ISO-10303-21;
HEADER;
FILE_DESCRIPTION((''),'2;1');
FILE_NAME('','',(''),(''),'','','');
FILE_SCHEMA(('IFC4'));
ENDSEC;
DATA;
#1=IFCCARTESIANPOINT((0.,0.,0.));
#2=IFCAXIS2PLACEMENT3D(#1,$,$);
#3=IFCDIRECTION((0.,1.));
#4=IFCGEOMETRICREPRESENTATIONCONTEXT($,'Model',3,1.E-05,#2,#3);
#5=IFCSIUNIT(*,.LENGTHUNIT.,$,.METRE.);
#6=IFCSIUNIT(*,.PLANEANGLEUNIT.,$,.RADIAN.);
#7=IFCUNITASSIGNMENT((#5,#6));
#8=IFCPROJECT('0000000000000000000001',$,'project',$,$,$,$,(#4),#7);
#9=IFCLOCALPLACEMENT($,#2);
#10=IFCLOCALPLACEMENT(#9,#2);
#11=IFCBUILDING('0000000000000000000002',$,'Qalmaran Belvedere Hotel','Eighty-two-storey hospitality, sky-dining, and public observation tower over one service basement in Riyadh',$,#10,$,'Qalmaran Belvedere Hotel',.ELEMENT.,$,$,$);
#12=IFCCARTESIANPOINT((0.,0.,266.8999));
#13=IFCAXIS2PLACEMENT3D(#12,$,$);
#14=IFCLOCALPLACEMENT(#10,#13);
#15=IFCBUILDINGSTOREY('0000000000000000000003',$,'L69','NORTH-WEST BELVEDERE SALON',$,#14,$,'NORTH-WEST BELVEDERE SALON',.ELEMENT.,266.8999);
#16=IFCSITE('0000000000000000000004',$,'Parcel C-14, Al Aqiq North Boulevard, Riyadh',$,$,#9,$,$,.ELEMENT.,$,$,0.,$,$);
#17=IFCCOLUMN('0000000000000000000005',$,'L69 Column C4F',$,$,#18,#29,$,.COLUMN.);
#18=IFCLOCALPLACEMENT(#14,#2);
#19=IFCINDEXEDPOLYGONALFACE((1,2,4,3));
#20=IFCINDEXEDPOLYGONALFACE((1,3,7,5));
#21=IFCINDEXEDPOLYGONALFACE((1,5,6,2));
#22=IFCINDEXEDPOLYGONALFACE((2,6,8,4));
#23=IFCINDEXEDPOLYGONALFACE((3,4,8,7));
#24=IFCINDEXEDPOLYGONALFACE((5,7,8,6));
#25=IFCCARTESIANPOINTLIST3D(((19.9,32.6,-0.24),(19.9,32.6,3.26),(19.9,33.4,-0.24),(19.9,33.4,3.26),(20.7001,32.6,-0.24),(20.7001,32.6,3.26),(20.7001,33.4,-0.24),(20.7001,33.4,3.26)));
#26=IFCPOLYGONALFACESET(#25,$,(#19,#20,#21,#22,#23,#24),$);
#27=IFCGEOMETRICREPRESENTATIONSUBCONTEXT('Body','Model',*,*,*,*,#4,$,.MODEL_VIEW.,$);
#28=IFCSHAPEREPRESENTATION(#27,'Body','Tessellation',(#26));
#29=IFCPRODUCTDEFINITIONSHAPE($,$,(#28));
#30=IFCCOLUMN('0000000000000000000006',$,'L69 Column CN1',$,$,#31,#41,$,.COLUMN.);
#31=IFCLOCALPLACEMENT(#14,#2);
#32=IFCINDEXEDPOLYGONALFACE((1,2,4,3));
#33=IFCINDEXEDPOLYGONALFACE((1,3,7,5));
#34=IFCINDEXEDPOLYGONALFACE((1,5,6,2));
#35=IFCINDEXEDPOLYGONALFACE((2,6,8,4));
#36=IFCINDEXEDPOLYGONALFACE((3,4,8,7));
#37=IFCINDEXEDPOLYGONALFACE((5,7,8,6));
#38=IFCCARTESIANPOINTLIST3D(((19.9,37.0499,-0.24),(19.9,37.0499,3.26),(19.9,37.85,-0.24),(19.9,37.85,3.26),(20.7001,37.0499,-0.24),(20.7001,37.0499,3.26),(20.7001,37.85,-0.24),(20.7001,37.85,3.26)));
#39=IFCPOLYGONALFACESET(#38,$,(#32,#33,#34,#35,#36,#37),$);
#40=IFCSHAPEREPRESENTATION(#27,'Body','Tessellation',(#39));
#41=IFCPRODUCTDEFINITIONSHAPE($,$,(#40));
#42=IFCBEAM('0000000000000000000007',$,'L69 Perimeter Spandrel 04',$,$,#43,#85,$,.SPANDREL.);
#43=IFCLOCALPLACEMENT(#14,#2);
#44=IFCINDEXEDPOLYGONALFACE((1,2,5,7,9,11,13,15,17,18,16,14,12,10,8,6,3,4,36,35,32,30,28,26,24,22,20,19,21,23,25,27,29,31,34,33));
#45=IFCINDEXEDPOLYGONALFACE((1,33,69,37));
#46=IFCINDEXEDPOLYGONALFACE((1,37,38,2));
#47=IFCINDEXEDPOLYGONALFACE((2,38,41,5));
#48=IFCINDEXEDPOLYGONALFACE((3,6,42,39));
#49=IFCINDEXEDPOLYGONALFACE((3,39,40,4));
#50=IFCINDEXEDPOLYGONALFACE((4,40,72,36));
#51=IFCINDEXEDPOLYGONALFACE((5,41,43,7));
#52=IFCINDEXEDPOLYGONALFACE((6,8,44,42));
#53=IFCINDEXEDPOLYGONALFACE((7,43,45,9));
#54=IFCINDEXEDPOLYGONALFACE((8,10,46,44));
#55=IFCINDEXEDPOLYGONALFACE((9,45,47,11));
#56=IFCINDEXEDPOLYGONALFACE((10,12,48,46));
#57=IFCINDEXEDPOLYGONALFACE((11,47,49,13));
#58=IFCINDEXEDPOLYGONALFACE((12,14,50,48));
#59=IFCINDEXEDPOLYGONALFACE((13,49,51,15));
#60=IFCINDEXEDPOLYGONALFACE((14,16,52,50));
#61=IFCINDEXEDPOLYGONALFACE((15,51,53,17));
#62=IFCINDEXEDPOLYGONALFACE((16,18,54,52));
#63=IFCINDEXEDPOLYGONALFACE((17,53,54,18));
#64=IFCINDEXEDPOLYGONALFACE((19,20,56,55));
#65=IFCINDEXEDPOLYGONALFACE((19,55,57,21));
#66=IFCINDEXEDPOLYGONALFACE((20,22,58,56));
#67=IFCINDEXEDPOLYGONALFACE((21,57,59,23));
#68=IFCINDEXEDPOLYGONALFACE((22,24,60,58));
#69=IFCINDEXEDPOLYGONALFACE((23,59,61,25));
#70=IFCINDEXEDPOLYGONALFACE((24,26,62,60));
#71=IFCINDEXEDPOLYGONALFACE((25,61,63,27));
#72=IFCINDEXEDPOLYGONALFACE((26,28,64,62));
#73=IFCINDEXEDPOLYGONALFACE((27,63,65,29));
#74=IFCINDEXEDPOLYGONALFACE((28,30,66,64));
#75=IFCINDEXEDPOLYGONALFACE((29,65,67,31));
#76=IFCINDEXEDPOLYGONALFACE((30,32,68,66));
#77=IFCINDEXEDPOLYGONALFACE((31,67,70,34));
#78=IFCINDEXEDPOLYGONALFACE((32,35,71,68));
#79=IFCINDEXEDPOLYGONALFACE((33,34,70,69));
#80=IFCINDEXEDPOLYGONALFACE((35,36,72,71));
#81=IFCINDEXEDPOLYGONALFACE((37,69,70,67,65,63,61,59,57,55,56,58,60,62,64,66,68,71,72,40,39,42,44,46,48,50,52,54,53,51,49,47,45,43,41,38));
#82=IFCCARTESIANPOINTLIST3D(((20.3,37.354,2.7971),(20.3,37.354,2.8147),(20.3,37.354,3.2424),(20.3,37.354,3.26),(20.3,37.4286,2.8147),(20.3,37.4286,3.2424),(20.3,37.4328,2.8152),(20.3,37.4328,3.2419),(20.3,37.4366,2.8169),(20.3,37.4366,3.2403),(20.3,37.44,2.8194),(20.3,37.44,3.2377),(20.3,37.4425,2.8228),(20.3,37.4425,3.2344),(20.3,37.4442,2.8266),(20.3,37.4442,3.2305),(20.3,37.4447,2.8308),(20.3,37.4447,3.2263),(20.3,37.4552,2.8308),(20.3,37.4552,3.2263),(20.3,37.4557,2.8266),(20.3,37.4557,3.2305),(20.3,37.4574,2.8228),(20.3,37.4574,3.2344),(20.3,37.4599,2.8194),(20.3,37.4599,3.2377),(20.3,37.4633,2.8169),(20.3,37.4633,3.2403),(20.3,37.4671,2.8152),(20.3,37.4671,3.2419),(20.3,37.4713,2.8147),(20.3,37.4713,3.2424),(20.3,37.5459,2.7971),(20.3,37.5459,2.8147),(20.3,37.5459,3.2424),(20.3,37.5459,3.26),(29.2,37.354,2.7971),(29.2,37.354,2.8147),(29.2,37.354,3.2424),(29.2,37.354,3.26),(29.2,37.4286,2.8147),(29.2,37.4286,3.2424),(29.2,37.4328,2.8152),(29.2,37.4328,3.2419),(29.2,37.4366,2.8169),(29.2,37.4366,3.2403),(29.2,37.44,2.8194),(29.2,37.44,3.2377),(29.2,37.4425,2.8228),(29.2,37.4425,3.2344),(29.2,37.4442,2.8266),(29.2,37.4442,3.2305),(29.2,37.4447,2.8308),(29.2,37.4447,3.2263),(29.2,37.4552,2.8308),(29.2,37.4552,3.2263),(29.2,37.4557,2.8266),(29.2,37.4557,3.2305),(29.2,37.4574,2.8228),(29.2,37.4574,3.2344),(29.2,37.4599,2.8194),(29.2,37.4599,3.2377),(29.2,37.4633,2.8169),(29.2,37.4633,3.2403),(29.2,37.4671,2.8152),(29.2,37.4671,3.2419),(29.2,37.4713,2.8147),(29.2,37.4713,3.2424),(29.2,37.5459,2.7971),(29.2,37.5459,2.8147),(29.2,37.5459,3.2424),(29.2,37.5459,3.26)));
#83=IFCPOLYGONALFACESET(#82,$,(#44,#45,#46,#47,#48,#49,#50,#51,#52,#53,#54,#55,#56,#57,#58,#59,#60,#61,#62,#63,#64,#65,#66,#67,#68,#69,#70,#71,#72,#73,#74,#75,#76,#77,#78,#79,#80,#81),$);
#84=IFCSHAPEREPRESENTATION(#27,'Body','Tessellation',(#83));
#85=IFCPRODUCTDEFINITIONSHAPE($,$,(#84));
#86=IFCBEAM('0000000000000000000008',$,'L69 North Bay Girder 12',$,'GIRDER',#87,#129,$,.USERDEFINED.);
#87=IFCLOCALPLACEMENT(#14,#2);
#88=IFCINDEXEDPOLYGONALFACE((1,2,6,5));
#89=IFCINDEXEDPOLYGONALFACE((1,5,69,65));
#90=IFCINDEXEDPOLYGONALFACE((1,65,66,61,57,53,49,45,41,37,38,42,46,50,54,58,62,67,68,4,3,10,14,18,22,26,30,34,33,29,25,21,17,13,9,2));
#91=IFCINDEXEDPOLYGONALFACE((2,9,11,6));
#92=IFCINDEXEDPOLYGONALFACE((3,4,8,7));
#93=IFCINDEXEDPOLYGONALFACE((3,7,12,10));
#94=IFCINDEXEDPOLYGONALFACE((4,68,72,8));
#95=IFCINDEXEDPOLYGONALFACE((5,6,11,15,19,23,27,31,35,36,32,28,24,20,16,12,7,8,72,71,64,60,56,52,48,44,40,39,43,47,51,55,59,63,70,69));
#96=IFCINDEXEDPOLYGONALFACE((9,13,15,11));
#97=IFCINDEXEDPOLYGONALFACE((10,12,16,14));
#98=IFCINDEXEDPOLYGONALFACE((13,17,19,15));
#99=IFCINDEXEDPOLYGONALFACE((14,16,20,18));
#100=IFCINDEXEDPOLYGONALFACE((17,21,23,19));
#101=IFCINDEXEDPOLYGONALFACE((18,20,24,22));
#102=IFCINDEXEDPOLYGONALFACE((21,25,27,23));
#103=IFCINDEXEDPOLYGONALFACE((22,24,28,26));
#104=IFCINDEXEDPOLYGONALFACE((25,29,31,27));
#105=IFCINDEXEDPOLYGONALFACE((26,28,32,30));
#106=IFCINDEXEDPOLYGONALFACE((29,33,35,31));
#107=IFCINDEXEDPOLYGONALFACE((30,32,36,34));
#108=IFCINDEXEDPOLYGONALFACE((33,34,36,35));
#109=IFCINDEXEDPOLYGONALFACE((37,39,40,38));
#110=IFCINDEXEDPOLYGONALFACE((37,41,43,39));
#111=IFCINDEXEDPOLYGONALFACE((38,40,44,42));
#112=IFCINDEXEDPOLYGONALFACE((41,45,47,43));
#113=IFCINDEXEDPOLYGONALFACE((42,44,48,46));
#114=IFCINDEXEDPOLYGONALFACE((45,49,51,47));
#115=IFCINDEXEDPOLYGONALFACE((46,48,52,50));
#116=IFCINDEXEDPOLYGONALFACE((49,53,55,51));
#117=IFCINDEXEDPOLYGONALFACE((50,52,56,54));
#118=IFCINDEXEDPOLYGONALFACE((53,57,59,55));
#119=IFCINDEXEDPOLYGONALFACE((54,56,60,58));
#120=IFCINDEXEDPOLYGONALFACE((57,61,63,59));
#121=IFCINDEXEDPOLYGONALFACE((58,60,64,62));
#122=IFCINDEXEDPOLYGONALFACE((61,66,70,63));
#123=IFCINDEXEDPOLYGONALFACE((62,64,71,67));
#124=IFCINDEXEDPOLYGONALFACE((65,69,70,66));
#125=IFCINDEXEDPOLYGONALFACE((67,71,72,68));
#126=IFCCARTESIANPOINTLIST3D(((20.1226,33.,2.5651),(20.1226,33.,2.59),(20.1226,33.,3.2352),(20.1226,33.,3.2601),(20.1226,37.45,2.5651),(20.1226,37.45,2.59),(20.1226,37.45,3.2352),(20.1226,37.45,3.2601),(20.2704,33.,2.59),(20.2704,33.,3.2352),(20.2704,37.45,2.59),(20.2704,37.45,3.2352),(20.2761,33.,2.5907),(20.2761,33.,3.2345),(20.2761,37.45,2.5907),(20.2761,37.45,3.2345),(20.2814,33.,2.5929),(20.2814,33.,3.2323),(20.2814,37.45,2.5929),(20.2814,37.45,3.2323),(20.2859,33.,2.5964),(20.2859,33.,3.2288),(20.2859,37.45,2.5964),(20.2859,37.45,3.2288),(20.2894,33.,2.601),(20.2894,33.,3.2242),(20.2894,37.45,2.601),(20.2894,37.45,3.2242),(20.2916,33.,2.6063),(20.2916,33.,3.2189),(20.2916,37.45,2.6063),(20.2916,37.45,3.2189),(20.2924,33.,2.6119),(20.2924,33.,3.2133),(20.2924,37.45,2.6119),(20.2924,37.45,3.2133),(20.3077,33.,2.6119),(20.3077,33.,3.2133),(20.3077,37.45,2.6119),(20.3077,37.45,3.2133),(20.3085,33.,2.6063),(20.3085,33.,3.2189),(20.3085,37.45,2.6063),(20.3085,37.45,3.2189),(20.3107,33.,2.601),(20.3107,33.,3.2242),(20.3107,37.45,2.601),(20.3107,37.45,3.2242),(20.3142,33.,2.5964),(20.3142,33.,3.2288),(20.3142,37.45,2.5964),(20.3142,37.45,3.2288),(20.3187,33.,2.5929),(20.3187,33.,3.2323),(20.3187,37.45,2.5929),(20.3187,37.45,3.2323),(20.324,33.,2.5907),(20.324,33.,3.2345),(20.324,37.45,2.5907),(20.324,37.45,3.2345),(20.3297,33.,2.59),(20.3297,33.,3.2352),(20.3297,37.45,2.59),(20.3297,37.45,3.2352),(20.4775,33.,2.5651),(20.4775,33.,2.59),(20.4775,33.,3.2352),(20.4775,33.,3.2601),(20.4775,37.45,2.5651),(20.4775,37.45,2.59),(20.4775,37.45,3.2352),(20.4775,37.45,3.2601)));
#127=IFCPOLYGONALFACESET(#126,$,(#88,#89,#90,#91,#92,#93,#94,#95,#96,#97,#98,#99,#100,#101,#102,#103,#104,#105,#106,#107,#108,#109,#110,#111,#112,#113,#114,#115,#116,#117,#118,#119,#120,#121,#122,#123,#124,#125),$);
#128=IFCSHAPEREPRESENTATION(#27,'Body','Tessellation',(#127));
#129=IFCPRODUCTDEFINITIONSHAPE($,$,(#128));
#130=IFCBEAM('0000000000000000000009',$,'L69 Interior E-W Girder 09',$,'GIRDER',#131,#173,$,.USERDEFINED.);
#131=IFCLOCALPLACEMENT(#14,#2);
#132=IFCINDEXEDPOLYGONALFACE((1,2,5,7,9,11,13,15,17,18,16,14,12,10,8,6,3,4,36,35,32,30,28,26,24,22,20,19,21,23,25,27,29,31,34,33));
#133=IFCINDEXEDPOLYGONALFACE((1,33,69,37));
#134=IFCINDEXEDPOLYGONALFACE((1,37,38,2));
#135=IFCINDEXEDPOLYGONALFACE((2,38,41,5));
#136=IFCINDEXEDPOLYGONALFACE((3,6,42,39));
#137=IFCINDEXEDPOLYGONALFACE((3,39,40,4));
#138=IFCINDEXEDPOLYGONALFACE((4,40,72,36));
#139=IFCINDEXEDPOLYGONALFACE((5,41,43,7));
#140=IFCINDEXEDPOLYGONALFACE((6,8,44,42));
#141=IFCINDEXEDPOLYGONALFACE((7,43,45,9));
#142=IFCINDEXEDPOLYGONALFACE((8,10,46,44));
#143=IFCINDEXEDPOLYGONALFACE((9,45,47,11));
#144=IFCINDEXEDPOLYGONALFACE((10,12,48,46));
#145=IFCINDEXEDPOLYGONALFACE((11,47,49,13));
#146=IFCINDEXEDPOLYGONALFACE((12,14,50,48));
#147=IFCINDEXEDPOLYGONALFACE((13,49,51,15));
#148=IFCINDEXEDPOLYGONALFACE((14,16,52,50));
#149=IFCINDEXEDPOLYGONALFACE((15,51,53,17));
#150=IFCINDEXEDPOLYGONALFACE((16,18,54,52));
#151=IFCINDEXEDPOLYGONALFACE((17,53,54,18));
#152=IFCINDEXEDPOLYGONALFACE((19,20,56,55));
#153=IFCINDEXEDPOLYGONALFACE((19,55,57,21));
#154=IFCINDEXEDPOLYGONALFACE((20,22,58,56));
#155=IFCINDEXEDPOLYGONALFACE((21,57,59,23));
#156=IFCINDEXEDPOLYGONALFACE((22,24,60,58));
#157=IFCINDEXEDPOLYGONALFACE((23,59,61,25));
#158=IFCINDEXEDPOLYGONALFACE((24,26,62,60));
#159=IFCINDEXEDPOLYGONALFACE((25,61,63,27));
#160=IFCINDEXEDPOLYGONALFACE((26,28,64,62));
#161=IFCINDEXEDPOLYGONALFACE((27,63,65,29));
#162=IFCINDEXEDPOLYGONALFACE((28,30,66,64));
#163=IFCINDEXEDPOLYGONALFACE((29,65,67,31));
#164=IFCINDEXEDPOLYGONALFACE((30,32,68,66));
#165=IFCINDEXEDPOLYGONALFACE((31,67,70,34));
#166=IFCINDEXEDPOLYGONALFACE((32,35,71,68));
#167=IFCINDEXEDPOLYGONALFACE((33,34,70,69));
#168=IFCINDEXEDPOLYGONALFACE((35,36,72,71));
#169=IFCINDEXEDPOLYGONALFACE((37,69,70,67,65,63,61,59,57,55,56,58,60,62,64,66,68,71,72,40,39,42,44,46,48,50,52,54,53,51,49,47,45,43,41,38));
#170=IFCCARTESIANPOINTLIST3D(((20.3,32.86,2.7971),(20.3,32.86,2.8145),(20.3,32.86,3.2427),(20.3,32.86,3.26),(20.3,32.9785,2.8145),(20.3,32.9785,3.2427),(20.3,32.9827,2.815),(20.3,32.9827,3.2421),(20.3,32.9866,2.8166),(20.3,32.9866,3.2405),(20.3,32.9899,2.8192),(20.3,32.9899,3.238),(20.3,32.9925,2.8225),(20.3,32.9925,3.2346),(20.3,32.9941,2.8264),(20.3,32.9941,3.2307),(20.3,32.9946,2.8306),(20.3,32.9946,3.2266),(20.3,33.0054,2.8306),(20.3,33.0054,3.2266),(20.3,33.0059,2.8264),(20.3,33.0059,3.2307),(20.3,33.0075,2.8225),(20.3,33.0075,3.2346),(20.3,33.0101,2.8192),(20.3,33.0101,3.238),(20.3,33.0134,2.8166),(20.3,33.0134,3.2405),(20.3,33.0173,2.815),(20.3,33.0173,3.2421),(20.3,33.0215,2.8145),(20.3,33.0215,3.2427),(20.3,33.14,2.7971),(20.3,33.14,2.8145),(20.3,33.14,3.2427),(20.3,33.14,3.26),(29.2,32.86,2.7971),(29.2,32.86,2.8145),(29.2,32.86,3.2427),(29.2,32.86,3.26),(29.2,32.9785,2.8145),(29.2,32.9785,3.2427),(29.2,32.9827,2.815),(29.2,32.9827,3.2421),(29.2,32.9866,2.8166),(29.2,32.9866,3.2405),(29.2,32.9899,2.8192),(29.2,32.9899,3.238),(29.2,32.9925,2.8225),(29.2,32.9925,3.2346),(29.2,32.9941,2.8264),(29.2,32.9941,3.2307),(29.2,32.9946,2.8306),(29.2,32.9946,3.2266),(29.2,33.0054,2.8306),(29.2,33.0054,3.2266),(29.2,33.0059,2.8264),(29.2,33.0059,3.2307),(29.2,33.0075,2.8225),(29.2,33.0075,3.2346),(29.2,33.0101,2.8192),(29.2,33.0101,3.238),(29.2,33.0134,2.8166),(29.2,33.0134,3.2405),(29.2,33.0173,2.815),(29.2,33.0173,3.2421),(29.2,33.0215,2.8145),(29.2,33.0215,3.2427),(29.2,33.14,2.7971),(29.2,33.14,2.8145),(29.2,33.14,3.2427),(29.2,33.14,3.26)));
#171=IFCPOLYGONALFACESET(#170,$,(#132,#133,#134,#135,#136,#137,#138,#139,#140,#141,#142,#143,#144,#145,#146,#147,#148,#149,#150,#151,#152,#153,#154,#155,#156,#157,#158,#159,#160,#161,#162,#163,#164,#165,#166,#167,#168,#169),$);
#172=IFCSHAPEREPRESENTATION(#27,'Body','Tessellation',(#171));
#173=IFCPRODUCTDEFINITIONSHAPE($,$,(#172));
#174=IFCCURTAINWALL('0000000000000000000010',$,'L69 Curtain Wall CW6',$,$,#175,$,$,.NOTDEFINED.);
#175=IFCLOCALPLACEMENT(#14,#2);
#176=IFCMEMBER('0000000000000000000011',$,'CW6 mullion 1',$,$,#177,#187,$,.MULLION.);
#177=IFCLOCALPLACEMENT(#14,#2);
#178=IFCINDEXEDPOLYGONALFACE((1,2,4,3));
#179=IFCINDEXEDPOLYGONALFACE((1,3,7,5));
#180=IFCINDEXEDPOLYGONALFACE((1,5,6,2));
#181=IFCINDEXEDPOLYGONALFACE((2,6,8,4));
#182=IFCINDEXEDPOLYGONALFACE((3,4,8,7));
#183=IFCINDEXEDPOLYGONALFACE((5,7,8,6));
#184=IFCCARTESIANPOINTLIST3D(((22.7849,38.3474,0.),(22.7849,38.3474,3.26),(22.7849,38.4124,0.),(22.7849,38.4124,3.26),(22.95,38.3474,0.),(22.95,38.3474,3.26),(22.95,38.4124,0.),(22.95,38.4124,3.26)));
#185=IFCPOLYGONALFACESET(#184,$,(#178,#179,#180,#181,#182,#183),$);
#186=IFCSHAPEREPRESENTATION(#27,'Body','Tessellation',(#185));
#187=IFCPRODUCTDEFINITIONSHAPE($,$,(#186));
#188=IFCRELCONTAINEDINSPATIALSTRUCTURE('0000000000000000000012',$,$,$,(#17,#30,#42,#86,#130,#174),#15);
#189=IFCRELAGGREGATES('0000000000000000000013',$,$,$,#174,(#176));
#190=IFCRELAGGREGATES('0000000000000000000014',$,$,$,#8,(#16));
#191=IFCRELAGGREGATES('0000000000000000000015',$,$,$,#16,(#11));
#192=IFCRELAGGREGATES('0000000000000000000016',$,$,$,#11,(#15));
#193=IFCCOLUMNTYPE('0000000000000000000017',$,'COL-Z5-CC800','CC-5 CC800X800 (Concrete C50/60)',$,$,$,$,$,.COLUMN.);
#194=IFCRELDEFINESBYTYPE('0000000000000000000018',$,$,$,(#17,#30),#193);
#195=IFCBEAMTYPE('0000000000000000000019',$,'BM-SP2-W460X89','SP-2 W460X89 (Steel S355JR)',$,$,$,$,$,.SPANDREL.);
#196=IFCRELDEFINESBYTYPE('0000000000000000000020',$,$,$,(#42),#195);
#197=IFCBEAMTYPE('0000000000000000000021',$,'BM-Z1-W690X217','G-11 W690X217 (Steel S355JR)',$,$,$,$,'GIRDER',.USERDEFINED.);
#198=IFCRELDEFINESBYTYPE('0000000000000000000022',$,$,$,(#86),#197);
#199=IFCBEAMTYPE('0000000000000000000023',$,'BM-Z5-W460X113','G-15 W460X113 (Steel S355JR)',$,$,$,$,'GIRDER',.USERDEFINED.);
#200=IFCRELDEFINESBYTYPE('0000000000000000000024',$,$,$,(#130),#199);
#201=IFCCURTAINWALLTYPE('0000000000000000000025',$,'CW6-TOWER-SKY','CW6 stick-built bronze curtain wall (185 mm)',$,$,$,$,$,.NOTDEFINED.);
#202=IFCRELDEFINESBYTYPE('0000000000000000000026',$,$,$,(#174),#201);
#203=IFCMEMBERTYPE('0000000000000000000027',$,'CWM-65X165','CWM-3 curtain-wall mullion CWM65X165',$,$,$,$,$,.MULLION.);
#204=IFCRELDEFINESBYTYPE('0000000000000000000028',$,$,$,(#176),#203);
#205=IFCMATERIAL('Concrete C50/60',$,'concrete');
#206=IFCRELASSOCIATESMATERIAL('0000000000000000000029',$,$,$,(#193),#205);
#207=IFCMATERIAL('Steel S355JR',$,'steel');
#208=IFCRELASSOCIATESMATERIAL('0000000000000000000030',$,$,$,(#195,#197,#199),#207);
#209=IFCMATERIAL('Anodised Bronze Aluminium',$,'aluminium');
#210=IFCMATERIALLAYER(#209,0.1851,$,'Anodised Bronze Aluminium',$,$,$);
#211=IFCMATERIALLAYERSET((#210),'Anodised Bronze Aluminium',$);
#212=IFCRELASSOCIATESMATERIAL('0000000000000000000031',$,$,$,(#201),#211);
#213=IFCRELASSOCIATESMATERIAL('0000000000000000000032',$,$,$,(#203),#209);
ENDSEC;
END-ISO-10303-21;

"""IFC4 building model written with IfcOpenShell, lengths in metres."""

from ifc_helpers import new_model, si_unit, direction, frame, origin, origin_2d, place, context, subcontext, project, spatial, rectangle, i_section, extrude, material, layer, layer_set, material_profile, profile_set, type_object, element, aggregate, save


model = new_model("IFC4")

# Units and contexts
model_context = context("Model", 3, precision=1e-05, world=origin(), true_north=direction((0.0, 1.0)))
body_context = subcontext(model_context, "Body", "Model", "MODEL_VIEW")
ifc_project = project(units=[si_unit("LENGTHUNIT", "METRE"), si_unit("PLANEANGLEUNIT", "RADIAN")], contexts=[model_context])

# Site, building, storey
site_placement = place(None, origin())
site = spatial("IfcSite", under=ifc_project, at=site_placement, Name="Parcel C-14, Al Aqiq North Boulevard, Riyadh", CompositionType="ELEMENT", RefElevation=0.0)
building_placement = place(site_placement, origin())
building = spatial("IfcBuilding", under=site, at=building_placement, Name="Qalmaran Belvedere Hotel", Description="Eighty-two-storey hospitality, sky-dining, and public observation tower over one service basement in Riyadh", LongName="Qalmaran Belvedere Hotel", CompositionType="ELEMENT")
storey_placement = place(building_placement, frame((0.0, 0.0, 266.8999)))
storey = spatial("IfcBuildingStorey", under=building, at=storey_placement, Name="L69", Description="NORTH-WEST BELVEDERE SALON", LongName="NORTH-WEST BELVEDERE SALON", CompositionType="ELEMENT", Elevation=266.8999)

# Columns
ifc_material_1 = material(Name="Concrete C50/60", Category="concrete")
ifc_material_profile_1 = material_profile(ifc_material_1, rectangle(XDim=0.8, YDim=0.8, at=origin_2d()), Name="CC800X800")
ifc_profile_set_1 = profile_set([ifc_material_profile_1], Name="Concrete C50/60")
column_type = type_object("IfcColumnType", Name="COL-Z5-CC800", Description="CC-5 CC800X800 (Concrete C50/60)", PredefinedType="COLUMN", material=ifc_profile_set_1)
for number, where, z_axis, x_axis, name in (
    (1, (20.3, 33.0, -0.24), (0.0, 0.0, 1.0), (1.0, 0.0, 0.0), "L69 Column C4F"),
    (2, (20.3, 37.45, -0.24), (0.0, 0.0, 1.0), (1.0, 0.0, 0.0), "L69 Column CN1"),
):
    element("IfcColumn", number, at=place(storey_placement, frame(where, z_axis=z_axis, x_axis=x_axis)), inside=storey, type_object=column_type, Name=name, PredefinedType="COLUMN", context=body_context, shape_type="SweptSolid", body=[
        extrude(rectangle(XDim=0.8, YDim=0.8, at=origin_2d()), origin(), (0.0, 0.0, 1.0), 3.5),
    ])

# Beams
ifc_material_2 = material(Name="Steel S355JR", Category="steel")
ifc_material_profile_2 = material_profile(ifc_material_2, i_section(OverallWidth=0.1919, OverallDepth=0.4629, WebThickness=0.0105, FlangeThickness=0.0176, FilletRadius=0.0161, at=origin_2d()), Name="W460X89")
ifc_profile_set_2 = profile_set([ifc_material_profile_2], Name="Steel S355JR")
beam_type_1 = type_object("IfcBeamType", Name="BM-SP2-W460X89", Description="SP-2 W460X89 (Steel S355JR)", PredefinedType="SPANDREL", material=ifc_profile_set_2)
beam_1_placement = place(storey_placement, frame((20.3, 37.45, 3.0286), z_axis=(1.0, 0.0, 0.0), x_axis=(0.0, 1.0, 0.0)))
element("IfcBeam", 3, at=beam_1_placement, inside=storey, type_object=beam_type_1, Name="L69 Perimeter Spandrel 04", PredefinedType="SPANDREL", context=body_context, shape_type="SweptSolid", body=[
    extrude(i_section(OverallWidth=0.1919, OverallDepth=0.4629, WebThickness=0.0105, FlangeThickness=0.0176, FilletRadius=0.0161, at=origin_2d()), origin(), (0.0, 0.0, 1.0), 8.8999),
])
ifc_material_profile_3 = material_profile(ifc_material_2, i_section(OverallWidth=0.355, OverallDepth=0.6951, WebThickness=0.0154, FlangeThickness=0.0249, FilletRadius=0.022, at=origin_2d()), Name="W690X217")
ifc_profile_set_3 = profile_set([ifc_material_profile_3], Name="Steel S355JR")
beam_type_2 = type_object("IfcBeamType", Name="BM-Z1-W690X217", Description="G-11 W690X217 (Steel S355JR)", ElementType="GIRDER", PredefinedType="USERDEFINED", material=ifc_profile_set_3)
beam_2_placement = place(storey_placement, frame((20.3, 33.0, 2.9126), z_axis=(0.0, 1.0, 0.0), x_axis=(-1.0, 0.0, 0.0)))
element("IfcBeam", 4, at=beam_2_placement, inside=storey, type_object=beam_type_2, Name="L69 North Bay Girder 12", ObjectType="GIRDER", PredefinedType="USERDEFINED", context=body_context, shape_type="SweptSolid", body=[
    extrude(i_section(OverallWidth=0.355, OverallDepth=0.6951, WebThickness=0.0154, FlangeThickness=0.0249, FilletRadius=0.022, at=origin_2d()), origin(), (0.0, 0.0, 1.0), 4.45),
])
ifc_material_profile_4 = material_profile(ifc_material_2, i_section(OverallWidth=0.28, OverallDepth=0.4629, WebThickness=0.0107, FlangeThickness=0.0173, FilletRadius=0.0161, at=origin_2d()), Name="W460X113")
ifc_profile_set_4 = profile_set([ifc_material_profile_4], Name="Steel S355JR")
beam_type_3 = type_object("IfcBeamType", Name="BM-Z5-W460X113", Description="G-15 W460X113 (Steel S355JR)", ElementType="GIRDER", PredefinedType="USERDEFINED", material=ifc_profile_set_4)
beam_3_placement = place(storey_placement, frame((20.3, 33.0, 3.0286), z_axis=(1.0, 0.0, 0.0), x_axis=(0.0, 1.0, 0.0)))
element("IfcBeam", 5, at=beam_3_placement, inside=storey, type_object=beam_type_3, Name="L69 Interior E-W Girder 09", ObjectType="GIRDER", PredefinedType="USERDEFINED", context=body_context, shape_type="SweptSolid", body=[
    extrude(i_section(OverallWidth=0.28, OverallDepth=0.4629, WebThickness=0.0107, FlangeThickness=0.0173, FilletRadius=0.0161, at=origin_2d()), origin(), (0.0, 0.0, 1.0), 8.8999),
])

# Curtain wall, member
ifc_material_3 = material(Name="Anodised Bronze Aluminium", Category="aluminium")
ifc_layer_1 = layer(ifc_material_3, 0.1851, Name="Anodised Bronze Aluminium")
ifc_layer_set_1 = layer_set([ifc_layer_1], Name="Anodised Bronze Aluminium")
curtain_wall_type = type_object("IfcCurtainWallType", Name="CW6-TOWER-SKY", Description="CW6 stick-built bronze curtain wall (185 mm)", PredefinedType="NOTDEFINED", material=ifc_layer_set_1)
curtain_wall_1_placement = place(storey_placement, origin())
curtain_wall_1 = element("IfcCurtainWall", 6, at=curtain_wall_1_placement, inside=storey, type_object=curtain_wall_type, Name="L69 Curtain Wall CW6", PredefinedType="NOTDEFINED")
ifc_material_profile_5 = material_profile(ifc_material_3, rectangle(XDim=0.0649, YDim=0.165, at=origin_2d()), Name="CWM65X165")
ifc_profile_set_5 = profile_set([ifc_material_profile_5], Name="Anodised Bronze Aluminium")
member_type_1 = type_object("IfcMemberType", Name="CWM-65X165", Description="CWM-3 curtain-wall mullion CWM65X165", PredefinedType="MULLION", material=ifc_profile_set_5)
member_1_placement = place(storey_placement, frame((22.8674, 38.3799, 0.0), z_axis=(0.0, 0.0, 1.0), x_axis=(0.0, -1.0, 0.0)))
member_1 = element("IfcMember", 7, at=member_1_placement, type_object=member_type_1, Name="CW6 mullion 1", PredefinedType="MULLION", context=body_context, shape_type="SweptSolid", body=[
    extrude(rectangle(XDim=0.0649, YDim=0.165, at=origin_2d()), origin(), (0.0, 0.0, 1.0), 3.26),
])

aggregate(curtain_wall_1, [member_1])

save(model, "model.ifc")
